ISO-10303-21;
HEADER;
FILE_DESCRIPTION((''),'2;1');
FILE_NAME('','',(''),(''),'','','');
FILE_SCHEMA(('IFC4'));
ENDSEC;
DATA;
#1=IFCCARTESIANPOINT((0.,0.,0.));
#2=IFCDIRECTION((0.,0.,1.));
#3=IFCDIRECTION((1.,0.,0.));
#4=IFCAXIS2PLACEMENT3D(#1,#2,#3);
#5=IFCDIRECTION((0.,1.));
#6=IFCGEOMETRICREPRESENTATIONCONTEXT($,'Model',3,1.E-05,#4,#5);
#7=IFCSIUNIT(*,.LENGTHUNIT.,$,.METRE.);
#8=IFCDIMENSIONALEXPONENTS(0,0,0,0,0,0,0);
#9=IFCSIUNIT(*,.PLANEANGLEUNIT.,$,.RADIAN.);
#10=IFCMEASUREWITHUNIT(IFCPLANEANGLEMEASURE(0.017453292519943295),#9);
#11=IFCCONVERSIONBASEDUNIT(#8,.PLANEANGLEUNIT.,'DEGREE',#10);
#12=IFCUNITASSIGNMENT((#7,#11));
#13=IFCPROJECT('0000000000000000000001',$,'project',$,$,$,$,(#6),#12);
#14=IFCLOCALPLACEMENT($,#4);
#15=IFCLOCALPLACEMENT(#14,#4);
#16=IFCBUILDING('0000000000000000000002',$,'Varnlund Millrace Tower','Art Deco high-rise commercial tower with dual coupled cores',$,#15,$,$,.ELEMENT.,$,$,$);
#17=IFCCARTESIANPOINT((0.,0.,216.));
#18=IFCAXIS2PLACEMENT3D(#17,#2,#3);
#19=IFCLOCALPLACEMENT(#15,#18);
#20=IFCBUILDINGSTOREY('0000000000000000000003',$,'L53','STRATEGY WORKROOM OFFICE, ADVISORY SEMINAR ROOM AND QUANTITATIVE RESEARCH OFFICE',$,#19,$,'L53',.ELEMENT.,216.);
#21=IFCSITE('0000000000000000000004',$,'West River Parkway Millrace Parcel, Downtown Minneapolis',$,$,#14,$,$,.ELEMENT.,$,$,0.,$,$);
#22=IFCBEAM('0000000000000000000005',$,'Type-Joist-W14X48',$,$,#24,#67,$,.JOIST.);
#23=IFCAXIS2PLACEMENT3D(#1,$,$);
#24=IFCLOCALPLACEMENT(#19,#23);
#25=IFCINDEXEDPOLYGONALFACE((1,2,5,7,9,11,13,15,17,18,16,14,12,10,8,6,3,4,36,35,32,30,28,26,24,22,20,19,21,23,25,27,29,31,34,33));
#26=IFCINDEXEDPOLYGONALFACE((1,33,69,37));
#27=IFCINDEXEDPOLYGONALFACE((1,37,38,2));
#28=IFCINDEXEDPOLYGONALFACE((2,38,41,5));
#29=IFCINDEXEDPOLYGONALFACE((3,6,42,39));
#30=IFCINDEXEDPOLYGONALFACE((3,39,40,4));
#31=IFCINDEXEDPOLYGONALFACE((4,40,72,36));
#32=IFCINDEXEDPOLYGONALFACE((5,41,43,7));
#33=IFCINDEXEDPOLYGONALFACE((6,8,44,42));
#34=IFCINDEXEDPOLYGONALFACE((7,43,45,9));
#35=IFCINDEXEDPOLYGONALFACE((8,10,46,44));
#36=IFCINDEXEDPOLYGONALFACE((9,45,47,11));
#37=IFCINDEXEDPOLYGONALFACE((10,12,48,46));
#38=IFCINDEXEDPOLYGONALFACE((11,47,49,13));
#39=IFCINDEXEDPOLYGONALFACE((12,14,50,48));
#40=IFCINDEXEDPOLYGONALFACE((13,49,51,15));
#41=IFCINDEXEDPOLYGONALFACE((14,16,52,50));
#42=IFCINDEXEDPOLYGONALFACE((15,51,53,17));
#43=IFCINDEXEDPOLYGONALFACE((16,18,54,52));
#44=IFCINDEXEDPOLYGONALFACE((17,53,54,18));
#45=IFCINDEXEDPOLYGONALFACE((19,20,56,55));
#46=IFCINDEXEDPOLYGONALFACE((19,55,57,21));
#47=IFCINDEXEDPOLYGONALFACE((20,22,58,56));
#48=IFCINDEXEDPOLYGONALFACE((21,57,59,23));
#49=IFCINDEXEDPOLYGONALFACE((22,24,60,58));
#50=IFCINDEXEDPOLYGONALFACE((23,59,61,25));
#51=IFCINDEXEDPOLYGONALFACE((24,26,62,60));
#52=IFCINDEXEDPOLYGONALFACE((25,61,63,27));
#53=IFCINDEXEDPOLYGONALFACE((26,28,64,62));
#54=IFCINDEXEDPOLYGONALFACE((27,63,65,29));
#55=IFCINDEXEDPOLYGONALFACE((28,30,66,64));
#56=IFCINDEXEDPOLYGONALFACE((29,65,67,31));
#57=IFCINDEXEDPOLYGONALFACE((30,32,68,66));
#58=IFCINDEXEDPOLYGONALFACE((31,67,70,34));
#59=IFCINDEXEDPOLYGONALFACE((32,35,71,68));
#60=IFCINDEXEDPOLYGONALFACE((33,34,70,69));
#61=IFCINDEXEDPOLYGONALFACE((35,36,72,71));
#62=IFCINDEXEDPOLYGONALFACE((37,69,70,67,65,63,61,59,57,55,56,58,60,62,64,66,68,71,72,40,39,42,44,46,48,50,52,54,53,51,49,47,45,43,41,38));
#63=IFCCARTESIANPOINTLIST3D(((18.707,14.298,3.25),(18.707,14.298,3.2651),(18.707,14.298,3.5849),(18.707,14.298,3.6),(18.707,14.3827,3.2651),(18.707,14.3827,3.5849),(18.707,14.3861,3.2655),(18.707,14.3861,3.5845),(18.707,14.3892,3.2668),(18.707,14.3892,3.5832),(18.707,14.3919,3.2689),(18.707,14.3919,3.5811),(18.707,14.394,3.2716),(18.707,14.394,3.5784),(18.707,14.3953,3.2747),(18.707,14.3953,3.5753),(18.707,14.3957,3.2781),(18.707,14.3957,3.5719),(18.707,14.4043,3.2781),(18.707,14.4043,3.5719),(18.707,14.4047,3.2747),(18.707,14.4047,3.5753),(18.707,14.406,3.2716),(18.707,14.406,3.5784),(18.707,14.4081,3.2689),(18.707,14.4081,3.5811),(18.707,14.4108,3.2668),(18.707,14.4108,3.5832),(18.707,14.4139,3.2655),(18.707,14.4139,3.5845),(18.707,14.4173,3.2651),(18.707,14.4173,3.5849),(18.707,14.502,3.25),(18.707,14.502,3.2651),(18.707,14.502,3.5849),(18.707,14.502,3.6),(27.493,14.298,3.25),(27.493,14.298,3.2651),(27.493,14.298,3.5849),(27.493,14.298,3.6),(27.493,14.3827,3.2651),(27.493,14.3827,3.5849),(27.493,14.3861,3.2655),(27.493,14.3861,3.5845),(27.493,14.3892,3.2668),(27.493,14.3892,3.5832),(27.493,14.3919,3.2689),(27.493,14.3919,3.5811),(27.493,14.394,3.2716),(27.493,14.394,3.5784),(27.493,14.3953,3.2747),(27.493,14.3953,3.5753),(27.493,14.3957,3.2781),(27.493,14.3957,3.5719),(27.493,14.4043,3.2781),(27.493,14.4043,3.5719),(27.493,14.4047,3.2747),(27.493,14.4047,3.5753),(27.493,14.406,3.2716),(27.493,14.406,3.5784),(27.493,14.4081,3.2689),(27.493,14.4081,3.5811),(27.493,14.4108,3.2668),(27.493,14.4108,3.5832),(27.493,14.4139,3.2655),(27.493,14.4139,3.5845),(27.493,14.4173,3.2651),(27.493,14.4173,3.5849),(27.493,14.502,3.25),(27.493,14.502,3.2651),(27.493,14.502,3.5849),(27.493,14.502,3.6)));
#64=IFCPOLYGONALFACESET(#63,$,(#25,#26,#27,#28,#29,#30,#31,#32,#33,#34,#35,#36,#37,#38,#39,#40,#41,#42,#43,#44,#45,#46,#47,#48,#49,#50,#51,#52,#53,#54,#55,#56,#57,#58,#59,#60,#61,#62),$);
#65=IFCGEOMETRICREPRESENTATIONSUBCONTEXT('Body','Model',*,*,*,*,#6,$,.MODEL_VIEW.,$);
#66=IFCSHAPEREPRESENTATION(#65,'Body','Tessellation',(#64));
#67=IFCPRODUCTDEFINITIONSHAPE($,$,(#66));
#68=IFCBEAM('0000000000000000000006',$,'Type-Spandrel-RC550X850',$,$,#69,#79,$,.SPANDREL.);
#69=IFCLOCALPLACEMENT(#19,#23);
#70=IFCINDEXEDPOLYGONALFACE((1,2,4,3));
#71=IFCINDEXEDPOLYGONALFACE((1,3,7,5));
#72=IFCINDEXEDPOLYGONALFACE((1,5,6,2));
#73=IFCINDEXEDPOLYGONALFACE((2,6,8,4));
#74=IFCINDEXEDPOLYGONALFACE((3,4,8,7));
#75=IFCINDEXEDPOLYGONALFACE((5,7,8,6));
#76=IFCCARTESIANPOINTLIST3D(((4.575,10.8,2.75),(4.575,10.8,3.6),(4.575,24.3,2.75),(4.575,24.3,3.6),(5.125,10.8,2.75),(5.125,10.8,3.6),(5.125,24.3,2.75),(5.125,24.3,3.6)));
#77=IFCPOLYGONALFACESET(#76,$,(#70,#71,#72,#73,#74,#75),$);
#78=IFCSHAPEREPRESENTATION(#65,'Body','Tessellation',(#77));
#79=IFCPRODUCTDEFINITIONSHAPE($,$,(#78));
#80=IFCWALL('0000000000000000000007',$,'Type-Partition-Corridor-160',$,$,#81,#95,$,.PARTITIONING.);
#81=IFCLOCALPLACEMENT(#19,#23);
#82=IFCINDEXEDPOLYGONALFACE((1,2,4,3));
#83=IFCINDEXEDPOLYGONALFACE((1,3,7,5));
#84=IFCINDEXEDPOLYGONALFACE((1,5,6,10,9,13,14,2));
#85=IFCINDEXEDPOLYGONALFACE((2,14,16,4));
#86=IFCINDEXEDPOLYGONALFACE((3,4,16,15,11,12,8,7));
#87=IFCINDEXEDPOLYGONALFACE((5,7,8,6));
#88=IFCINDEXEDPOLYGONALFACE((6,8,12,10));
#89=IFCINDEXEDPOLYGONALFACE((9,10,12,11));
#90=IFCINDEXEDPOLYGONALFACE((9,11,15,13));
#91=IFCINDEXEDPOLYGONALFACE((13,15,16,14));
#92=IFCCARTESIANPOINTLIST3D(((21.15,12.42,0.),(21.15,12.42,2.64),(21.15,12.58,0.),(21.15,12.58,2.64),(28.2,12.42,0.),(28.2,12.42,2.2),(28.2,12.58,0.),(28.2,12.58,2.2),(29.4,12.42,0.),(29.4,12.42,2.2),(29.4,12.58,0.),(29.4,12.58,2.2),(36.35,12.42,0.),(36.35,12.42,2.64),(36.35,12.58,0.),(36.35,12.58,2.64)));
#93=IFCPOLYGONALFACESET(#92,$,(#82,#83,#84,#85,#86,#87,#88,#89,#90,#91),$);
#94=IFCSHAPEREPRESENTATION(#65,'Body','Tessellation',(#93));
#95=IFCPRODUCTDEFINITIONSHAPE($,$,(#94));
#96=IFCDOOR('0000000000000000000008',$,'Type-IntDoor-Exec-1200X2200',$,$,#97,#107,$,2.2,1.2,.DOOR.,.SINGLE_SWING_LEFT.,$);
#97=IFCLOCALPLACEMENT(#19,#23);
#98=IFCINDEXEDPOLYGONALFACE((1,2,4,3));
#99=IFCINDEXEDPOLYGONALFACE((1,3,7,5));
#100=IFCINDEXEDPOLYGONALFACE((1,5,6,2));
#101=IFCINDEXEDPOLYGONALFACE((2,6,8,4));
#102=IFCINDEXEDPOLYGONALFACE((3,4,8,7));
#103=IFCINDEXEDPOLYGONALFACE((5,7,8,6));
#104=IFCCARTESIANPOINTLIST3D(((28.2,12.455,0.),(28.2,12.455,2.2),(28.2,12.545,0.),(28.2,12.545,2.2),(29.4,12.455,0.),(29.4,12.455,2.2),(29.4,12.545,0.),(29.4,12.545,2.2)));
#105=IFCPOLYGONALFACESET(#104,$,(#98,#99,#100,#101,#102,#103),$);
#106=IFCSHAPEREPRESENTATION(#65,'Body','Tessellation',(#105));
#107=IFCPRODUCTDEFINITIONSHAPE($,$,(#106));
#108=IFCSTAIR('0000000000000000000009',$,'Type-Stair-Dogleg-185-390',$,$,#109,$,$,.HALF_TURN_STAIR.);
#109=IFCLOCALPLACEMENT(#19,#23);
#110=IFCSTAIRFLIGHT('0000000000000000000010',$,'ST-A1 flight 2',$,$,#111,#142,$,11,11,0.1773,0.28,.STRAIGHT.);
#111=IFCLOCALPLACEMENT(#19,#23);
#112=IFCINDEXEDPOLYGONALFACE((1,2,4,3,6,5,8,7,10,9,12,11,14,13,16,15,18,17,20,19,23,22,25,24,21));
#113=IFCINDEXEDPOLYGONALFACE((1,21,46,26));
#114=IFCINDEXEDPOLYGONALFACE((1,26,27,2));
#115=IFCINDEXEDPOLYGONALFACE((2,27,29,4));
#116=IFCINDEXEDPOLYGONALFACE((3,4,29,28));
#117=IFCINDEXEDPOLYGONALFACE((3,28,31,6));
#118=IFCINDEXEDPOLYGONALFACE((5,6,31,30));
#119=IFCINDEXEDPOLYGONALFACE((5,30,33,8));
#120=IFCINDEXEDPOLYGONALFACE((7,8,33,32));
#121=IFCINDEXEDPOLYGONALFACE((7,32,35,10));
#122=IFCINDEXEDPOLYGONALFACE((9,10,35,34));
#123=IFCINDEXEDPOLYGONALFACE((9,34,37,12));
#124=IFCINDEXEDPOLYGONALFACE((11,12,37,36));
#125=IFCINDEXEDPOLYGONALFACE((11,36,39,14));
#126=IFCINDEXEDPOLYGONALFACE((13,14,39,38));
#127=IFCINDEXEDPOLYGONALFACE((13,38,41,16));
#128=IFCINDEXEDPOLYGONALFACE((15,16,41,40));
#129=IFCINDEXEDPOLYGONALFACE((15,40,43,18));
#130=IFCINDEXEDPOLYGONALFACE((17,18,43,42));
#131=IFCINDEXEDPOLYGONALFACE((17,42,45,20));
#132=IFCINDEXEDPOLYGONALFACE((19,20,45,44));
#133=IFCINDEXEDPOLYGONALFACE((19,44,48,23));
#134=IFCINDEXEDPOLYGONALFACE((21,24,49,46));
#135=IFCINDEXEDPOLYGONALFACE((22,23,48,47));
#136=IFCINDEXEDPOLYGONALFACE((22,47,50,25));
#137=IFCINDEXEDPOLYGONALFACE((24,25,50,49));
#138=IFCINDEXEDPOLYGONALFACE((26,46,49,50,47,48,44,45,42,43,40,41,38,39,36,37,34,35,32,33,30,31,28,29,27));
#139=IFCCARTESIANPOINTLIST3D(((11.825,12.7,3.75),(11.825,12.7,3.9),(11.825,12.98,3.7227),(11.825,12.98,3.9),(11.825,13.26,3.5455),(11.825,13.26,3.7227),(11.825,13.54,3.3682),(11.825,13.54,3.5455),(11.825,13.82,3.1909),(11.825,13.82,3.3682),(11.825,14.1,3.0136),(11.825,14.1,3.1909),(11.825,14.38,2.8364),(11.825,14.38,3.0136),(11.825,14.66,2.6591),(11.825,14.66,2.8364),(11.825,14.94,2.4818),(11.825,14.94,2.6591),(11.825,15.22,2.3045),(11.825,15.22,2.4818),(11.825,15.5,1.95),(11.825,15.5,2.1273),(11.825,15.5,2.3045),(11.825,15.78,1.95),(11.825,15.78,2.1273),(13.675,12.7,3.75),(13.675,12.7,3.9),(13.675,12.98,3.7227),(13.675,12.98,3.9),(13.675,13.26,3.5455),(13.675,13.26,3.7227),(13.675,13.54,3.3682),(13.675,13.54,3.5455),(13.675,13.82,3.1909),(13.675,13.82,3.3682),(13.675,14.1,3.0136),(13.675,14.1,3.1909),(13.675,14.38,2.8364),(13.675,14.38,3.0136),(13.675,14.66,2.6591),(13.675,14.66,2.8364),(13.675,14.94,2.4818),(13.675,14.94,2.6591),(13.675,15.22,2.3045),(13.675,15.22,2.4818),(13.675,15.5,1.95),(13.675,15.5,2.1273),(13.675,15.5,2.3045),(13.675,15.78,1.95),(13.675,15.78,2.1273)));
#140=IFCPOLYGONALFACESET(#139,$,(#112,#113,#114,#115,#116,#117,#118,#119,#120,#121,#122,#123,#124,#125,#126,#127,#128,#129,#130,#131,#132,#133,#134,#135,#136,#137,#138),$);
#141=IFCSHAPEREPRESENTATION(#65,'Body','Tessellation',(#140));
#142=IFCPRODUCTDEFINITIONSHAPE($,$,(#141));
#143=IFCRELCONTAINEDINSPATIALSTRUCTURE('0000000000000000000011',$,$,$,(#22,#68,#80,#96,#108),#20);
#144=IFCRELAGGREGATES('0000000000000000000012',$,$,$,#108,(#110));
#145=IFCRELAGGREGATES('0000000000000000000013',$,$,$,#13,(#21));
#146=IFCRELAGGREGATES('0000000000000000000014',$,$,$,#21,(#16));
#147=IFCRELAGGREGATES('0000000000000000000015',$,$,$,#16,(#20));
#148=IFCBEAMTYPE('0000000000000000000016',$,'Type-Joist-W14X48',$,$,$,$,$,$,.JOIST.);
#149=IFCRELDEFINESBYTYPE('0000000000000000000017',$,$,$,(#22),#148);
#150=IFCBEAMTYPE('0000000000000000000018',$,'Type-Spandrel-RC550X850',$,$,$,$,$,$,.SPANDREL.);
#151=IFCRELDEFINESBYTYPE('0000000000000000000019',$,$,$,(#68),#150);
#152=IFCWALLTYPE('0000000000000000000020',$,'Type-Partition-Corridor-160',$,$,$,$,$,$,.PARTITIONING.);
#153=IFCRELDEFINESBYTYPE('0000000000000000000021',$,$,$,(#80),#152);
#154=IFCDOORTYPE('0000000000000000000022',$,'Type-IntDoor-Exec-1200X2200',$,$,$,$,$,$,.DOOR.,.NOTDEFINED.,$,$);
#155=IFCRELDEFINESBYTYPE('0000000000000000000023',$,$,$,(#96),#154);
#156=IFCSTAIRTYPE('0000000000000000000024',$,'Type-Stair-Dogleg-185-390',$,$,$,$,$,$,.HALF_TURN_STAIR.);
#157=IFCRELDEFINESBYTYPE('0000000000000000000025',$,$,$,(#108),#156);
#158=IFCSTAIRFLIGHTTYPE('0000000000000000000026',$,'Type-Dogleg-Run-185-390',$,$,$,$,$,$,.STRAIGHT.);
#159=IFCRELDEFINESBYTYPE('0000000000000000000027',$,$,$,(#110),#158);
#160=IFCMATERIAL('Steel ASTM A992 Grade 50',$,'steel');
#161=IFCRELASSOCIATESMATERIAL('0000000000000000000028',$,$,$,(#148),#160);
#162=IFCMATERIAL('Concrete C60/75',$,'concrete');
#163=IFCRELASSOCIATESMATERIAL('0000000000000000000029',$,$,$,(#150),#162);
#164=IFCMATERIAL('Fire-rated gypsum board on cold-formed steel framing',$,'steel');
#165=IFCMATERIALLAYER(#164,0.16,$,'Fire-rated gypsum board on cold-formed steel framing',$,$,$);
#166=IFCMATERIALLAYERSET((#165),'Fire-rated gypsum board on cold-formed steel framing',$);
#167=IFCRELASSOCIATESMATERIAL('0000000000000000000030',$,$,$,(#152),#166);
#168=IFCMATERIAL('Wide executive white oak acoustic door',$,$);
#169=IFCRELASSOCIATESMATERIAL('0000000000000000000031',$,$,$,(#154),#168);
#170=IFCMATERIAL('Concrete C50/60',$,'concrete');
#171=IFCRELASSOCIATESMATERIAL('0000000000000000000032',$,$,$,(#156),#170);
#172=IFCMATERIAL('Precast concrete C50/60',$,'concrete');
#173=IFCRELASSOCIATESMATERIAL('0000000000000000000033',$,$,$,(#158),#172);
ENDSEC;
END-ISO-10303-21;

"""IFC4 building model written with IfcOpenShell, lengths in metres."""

from ifc_helpers import new_model, entity, si_unit, converted_unit, direction, frame, origin_with_axes, origin_2d_with_axis, place, context, subcontext, project, spatial, polyline, rectangle, i_section, outline, extrude, material, layer, layer_set, material_profile, profile_set, type_object, element, fill, aggregate, save


model = new_model("IFC4")

# Units and contexts
model_context = context("Model", 3, precision=1e-05, world=origin_with_axes(), true_north=direction((0.0, 1.0)))
body_context = subcontext(model_context, "Body", "Model", "MODEL_VIEW")
ifc_project = project(units=[si_unit("LENGTHUNIT", "METRE"), converted_unit("PLANEANGLEUNIT", "DEGREE", entity("IfcPlaneAngleMeasure", 0.017453292519943295), si_unit("PLANEANGLEUNIT", "RADIAN"), dimensions=[0, 0, 0, 0, 0, 0, 0])], contexts=[model_context])

# Site, building, storey
site_placement = place(None, origin_with_axes())
site = spatial("IfcSite", under=ifc_project, at=site_placement, Name="West River Parkway Millrace Parcel, Downtown Minneapolis", CompositionType="ELEMENT", RefElevation=0.0)
building_placement = place(site_placement, origin_with_axes())
building = spatial("IfcBuilding", under=site, at=building_placement, Name="Varnlund Millrace Tower", Description="Art Deco high-rise commercial tower with dual coupled cores", CompositionType="ELEMENT")
storey_placement = place(building_placement, frame((0.0, 0.0, 216.0), z_axis=(0.0, 0.0, 1.0), x_axis=(1.0, 0.0, 0.0)))
storey = spatial("IfcBuildingStorey", under=building, at=storey_placement, Name="L53", Description="STRATEGY WORKROOM OFFICE, ADVISORY SEMINAR ROOM AND QUANTITATIVE RESEARCH OFFICE", LongName="L53", CompositionType="ELEMENT", Elevation=216.0)

# Beams
ifc_material_1 = material(Name="Steel ASTM A992 Grade 50", Category="steel")
ifc_material_profile_1 = material_profile(ifc_material_1, i_section(OverallWidth=0.204, OverallDepth=0.35, WebThickness=0.0086, FlangeThickness=0.0151, FilletRadius=0.013, at=origin_2d_with_axis()), Name="Steel ASTM A992 Grade 50")
ifc_profile_set_1 = profile_set([ifc_material_profile_1], Name="Steel ASTM A992 Grade 50")
beam_type_1 = type_object("IfcBeamType", Name="Type-Joist-W14X48", PredefinedType="JOIST", material=ifc_profile_set_1)
for number, where, z_axis, x_axis, name in (
    (1, (18.707, 14.4, 3.425), (1.0, 0.0, 0.0), (0.0, 1.0, 0.0), "Type-Joist-W14X48"),
):
    element("IfcBeam", number, at=place(storey_placement, frame(where, z_axis=z_axis, x_axis=x_axis)), inside=storey, type_object=beam_type_1, Name=name, PredefinedType="JOIST", context=body_context, shape_type="SweptSolid", body=[
        extrude(i_section(OverallWidth=0.204, OverallDepth=0.35, WebThickness=0.0086, FlangeThickness=0.0151, FilletRadius=0.013, at=origin_2d_with_axis()), origin_with_axes(), (0.0, 0.0, 1.0), 8.786),
    ])
ifc_material_2 = material(Name="Concrete C60/75", Category="concrete")
ifc_material_profile_2 = material_profile(ifc_material_2, rectangle(XDim=0.55, YDim=0.85, at=origin_2d_with_axis()), Name="Concrete C60/75")
ifc_profile_set_2 = profile_set([ifc_material_profile_2], Name="Concrete C60/75")
beam_type_2 = type_object("IfcBeamType", Name="Type-Spandrel-RC550X850", PredefinedType="SPANDREL", material=ifc_profile_set_2)
beam_1_placement = place(storey_placement, frame((4.85, 10.8, 3.175), z_axis=(0.0, 1.0, 0.0), x_axis=(-1.0, 0.0, 0.0)))
element("IfcBeam", 2, at=beam_1_placement, inside=storey, type_object=beam_type_2, Name="Type-Spandrel-RC550X850", PredefinedType="SPANDREL", context=body_context, shape_type="SweptSolid", body=[
    extrude(rectangle(XDim=0.55, YDim=0.85, at=origin_2d_with_axis()), origin_with_axes(), (0.0, 0.0, 1.0), 13.5),
])

# Wall, opening, door
ifc_material_3 = material(Name="Fire-rated gypsum board on cold-formed steel framing", Category="steel")
ifc_layer = layer(ifc_material_3, 0.16, Name="Fire-rated gypsum board on cold-formed steel framing")
ifc_layer_set = layer_set([ifc_layer], Name="Fire-rated gypsum board on cold-formed steel framing")
wall_type = type_object("IfcWallType", Name="Type-Partition-Corridor-160", PredefinedType="PARTITIONING", material=ifc_layer_set)
wall_placement = place(storey_placement, frame((21.15, 12.5, 0.0), z_axis=(0.0, 0.0, 1.0), x_axis=(1.0, 0.0, 0.0)))
wall = element("IfcWall", 3, at=wall_placement, inside=storey, type_object=wall_type, Name="Type-Partition-Corridor-160", PredefinedType="PARTITIONING", context=body_context, shape_type="SweptSolid", body=[
    extrude(outline(polyline([(0.0, -0.08), (15.2, -0.08), (15.2, 0.08), (0.0, 0.08), (0.0, -0.08)])), origin_with_axes(), (0.0, 0.0, 1.0), 2.64),
])
opening_placement = place(wall_placement, frame((7.65, 0.0, 0.0), z_axis=(0.0, 0.0, 1.0), x_axis=(1.0, 0.0, 0.0)))
opening = element("IfcOpeningElement", 4, at=opening_placement, cuts=wall, PredefinedType="OPENING", context=body_context, shape_type="SweptSolid", body=[
    extrude(rectangle(XDim=1.2, YDim=0.18, at=origin_2d_with_axis()), origin_with_axes(), (0.0, 0.0, 1.0), 2.2),
])
ifc_material_4 = material(Name="Wide executive white oak acoustic door")
door_type = type_object("IfcDoorType", Name="Type-IntDoor-Exec-1200X2200", OperationType="NOTDEFINED", PredefinedType="DOOR", material=ifc_material_4)
door_placement = place(wall_placement, frame((7.65, 0.0, 0.0), z_axis=(0.0, 0.0, 1.0), x_axis=(1.0, 0.0, 0.0)))
door = element("IfcDoor", 5, at=door_placement, inside=storey, type_object=door_type, Name="Type-IntDoor-Exec-1200X2200", OperationType="SINGLE_SWING_LEFT", OverallHeight=2.2, OverallWidth=1.2, PredefinedType="DOOR", context=body_context, shape_type="SweptSolid", body=[
    extrude(rectangle(XDim=1.2, YDim=0.09, at=origin_2d_with_axis()), origin_with_axes(), (0.0, 0.0, 1.0), 2.2),
])
fill(opening, door)

# Stair, stair flight
ifc_material_5 = material(Name="Concrete C50/60", Category="concrete")
stair_type = type_object("IfcStairType", Name="Type-Stair-Dogleg-185-390", PredefinedType="HALF_TURN_STAIR", material=ifc_material_5)
stair_placement = place(storey_placement, origin_with_axes())
stair = element("IfcStair", 6, at=stair_placement, inside=storey, type_object=stair_type, Name="Type-Stair-Dogleg-185-390", PredefinedType="HALF_TURN_STAIR")
ifc_material_6 = material(Name="Precast concrete C50/60", Category="concrete")
stair_flight_type = type_object("IfcStairFlightType", Name="Type-Dogleg-Run-185-390", PredefinedType="STRAIGHT", material=ifc_material_6)
stair_flight_placement = place(storey_placement, frame((13.675, 15.78, 1.95), z_axis=(-1.0, 0.0, 0.0), x_axis=(0.0, -1.0, 0.0)))
stair_flight = element("IfcStairFlight", 7, at=stair_flight_placement, type_object=stair_flight_type, Name="ST-A1 flight 2", NumberOfRisers=11, NumberOfTreads=11, PredefinedType="STRAIGHT", RiserHeight=0.1773, TreadLength=0.28, context=body_context, shape_type="SweptSolid", body=[
    extrude(outline(polyline([(0.0, 0.0), (0.0, 0.1773), (0.28, 0.1773), (0.28, 0.3545), (0.56, 0.3545), (0.56, 0.5318), (0.84, 0.5318), (0.84, 0.7091), (1.12, 0.7091), (1.12, 0.8864), (1.4, 0.8864), (1.4, 1.0636), (1.68, 1.0636), (1.68, 1.2409), (1.96, 1.2409), (1.96, 1.4182), (2.24, 1.4182), (2.24, 1.5955), (2.52, 1.5955), (2.52, 1.7727), (2.8, 1.7727), (2.8, 1.95), (3.08, 1.95), (3.08, 1.8), (0.28, 0.0), (0.0, 0.0)])), origin_with_axes(), (0.0, 0.0, 1.0), 1.85),
])
aggregate(stair, [stair_flight])

save(model, "model.ifc")
